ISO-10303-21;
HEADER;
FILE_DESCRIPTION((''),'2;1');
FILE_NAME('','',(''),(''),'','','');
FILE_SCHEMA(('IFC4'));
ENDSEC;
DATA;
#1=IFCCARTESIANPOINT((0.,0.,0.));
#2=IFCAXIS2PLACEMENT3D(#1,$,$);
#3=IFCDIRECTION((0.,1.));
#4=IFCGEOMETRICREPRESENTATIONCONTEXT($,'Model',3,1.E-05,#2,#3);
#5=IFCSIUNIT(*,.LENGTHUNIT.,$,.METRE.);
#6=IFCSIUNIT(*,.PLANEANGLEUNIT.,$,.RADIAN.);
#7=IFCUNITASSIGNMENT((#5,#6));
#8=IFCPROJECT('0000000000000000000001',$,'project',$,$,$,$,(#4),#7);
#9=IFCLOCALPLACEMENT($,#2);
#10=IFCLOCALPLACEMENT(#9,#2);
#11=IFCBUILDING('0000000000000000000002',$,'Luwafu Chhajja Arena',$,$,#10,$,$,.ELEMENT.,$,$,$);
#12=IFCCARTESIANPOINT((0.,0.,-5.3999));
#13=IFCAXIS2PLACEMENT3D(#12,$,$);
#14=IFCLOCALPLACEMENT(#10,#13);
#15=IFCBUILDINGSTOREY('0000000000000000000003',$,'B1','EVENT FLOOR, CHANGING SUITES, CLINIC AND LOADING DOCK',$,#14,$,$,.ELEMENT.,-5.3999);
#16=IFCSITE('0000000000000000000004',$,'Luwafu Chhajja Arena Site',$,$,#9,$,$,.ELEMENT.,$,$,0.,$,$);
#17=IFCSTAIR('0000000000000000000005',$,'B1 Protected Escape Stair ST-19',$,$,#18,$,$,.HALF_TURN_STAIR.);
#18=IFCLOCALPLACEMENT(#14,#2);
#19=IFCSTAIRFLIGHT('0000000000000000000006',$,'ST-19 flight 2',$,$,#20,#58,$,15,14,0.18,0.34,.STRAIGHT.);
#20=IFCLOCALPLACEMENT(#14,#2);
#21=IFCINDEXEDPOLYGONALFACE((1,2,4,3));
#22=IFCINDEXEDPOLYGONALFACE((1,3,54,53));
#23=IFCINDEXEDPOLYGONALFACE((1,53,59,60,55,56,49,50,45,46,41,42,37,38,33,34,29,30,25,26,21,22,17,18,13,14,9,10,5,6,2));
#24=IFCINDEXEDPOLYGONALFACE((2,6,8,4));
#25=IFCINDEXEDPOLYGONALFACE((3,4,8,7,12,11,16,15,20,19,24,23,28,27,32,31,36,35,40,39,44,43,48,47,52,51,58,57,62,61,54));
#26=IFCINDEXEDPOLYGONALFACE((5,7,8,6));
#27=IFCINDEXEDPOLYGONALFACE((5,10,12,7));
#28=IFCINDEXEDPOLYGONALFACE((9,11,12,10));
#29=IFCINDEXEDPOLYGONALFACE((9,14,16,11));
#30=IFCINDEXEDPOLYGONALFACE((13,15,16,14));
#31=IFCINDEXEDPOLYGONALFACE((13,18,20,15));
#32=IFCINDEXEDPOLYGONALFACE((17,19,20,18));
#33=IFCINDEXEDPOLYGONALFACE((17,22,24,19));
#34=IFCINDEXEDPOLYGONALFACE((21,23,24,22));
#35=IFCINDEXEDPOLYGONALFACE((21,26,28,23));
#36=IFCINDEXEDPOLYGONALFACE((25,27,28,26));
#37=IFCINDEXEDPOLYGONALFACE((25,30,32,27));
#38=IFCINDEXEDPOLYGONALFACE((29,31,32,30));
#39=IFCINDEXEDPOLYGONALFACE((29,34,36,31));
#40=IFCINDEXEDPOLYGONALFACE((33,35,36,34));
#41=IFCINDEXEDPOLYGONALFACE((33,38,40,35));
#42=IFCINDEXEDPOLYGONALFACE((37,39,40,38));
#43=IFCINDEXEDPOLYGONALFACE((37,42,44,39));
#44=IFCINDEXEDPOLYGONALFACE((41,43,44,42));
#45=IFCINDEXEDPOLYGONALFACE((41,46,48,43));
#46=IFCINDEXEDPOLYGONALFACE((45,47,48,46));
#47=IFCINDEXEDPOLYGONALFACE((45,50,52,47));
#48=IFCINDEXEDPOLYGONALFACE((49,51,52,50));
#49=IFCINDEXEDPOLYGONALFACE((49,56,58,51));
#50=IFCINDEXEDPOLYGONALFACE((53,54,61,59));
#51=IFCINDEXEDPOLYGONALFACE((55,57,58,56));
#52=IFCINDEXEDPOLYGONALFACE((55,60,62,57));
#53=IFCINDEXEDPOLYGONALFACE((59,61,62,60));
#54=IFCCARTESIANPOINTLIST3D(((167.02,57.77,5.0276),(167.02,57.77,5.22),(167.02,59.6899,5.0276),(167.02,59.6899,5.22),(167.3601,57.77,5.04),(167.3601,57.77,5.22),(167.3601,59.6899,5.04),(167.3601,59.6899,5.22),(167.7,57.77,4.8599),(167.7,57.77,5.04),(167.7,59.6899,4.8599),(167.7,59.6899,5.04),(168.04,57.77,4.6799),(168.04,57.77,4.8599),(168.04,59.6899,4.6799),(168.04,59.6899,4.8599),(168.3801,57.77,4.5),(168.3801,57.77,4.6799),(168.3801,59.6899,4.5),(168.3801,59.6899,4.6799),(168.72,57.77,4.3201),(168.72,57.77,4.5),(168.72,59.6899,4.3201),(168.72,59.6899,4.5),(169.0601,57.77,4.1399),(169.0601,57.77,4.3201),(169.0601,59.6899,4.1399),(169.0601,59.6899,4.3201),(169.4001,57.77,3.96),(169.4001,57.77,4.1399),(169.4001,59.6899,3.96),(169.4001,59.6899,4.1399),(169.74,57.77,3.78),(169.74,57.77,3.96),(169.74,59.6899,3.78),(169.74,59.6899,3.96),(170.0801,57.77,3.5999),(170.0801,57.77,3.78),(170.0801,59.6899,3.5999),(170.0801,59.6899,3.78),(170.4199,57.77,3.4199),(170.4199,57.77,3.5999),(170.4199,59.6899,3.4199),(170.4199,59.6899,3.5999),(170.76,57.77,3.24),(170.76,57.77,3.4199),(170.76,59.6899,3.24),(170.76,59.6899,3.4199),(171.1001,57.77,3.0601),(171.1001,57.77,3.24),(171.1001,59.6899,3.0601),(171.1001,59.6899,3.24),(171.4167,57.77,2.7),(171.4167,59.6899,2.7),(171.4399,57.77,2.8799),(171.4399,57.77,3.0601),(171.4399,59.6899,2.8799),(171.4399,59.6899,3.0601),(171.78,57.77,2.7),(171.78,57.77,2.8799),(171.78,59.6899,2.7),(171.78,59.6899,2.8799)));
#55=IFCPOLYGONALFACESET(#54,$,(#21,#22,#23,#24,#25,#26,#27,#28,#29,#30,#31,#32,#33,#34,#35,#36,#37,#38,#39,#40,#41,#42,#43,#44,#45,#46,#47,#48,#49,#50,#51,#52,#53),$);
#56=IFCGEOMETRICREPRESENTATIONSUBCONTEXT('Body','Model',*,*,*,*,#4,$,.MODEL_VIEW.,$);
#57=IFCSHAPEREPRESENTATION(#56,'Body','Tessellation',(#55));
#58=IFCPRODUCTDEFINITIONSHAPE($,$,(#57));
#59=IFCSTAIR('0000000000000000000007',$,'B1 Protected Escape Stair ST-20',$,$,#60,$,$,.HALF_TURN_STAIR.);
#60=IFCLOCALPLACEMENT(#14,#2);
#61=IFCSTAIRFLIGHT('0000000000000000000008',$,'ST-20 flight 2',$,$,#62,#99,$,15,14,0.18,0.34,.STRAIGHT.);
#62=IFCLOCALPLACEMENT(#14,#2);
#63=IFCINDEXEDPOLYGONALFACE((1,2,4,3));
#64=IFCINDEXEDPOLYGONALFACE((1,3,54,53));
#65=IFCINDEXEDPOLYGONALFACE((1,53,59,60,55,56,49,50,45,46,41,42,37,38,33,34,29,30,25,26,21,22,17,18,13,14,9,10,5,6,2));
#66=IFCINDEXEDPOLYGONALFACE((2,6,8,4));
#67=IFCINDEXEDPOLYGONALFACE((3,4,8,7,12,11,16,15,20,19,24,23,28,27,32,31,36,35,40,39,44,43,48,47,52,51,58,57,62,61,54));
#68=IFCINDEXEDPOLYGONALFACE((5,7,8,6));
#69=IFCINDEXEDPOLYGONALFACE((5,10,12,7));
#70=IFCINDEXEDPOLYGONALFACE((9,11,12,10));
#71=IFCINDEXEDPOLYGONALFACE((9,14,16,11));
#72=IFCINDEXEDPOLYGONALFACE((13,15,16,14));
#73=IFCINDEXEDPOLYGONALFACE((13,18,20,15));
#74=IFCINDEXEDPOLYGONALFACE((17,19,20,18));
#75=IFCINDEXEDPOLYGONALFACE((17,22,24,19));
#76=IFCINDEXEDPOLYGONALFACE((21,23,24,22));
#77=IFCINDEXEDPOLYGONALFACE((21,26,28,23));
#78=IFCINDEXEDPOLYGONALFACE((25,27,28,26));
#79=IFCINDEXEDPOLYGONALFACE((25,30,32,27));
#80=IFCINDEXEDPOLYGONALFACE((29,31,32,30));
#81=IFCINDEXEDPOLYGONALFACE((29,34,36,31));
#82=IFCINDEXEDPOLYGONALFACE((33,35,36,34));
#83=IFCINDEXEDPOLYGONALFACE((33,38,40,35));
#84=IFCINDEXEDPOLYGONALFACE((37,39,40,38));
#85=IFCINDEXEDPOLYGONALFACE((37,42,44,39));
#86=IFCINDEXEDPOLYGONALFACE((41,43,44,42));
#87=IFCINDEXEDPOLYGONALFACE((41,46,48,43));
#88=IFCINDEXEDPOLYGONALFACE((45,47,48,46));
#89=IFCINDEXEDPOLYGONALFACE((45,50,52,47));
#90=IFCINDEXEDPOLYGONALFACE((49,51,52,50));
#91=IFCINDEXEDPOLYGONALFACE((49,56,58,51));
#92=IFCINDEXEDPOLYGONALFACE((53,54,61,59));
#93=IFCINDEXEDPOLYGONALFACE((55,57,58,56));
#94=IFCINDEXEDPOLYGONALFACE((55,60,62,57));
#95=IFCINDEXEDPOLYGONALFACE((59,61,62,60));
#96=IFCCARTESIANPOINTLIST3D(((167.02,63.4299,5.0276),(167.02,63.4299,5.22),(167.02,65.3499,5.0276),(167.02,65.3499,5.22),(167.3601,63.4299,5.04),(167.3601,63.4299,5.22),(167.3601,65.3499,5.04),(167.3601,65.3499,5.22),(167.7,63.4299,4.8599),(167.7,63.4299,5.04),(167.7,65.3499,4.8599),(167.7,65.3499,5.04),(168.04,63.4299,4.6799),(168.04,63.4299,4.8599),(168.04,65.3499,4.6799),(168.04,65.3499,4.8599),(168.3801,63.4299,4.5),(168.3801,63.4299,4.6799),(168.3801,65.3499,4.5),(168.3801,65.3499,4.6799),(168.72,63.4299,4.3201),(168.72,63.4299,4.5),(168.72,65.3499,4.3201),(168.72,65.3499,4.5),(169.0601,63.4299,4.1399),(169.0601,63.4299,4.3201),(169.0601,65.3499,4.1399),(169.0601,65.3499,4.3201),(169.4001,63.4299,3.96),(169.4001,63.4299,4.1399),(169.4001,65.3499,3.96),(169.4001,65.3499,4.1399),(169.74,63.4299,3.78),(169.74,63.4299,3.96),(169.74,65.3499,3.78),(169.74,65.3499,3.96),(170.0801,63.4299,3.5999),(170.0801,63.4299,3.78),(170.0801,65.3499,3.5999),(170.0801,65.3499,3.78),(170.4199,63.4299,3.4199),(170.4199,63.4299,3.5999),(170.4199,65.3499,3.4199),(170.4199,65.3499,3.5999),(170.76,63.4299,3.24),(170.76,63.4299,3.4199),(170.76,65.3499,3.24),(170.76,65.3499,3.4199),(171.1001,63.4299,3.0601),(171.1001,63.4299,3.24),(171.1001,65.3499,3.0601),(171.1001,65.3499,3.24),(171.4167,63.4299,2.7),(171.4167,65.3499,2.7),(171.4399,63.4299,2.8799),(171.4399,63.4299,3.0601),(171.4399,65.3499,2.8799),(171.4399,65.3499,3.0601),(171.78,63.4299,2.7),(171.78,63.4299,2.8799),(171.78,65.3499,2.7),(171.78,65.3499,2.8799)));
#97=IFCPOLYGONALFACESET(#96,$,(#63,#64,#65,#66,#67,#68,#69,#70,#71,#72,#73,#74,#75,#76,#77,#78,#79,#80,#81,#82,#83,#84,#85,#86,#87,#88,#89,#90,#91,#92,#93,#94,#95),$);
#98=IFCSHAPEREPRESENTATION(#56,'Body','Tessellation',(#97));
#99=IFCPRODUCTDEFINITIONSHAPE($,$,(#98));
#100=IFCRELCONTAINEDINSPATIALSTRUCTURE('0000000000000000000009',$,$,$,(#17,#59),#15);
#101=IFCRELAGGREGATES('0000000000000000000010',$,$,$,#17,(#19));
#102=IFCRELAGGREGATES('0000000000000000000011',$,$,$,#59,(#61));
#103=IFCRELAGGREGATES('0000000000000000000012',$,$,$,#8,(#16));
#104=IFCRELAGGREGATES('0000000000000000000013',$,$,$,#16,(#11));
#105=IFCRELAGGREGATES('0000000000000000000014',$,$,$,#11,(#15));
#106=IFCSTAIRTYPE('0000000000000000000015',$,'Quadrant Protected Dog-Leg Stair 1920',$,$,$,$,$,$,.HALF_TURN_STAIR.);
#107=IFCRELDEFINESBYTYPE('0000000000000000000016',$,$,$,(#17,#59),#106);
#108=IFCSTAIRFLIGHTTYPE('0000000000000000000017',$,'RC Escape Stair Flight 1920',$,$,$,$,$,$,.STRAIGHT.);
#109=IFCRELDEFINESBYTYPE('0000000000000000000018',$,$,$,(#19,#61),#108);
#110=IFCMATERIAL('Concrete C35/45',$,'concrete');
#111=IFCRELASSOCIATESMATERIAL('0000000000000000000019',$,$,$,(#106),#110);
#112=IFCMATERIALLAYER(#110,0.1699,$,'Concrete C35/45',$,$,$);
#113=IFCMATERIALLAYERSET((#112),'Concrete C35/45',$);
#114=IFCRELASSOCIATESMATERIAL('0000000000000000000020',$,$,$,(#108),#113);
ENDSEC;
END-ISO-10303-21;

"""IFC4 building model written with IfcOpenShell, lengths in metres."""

from ifc_helpers import new_model, si_unit, direction, frame, origin, place, context, subcontext, project, spatial, polyline, outline, extrude, material, layer, layer_set, type_object, element, aggregate, save


model = new_model("IFC4")

# Units and contexts
model_context = context("Model", 3, precision=1e-05, world=origin(), true_north=direction((0.0, 1.0)))
body_context = subcontext(model_context, "Body", "Model", "MODEL_VIEW")
ifc_project = project(units=[si_unit("LENGTHUNIT", "METRE"), si_unit("PLANEANGLEUNIT", "RADIAN")], contexts=[model_context])

# Site, building, storey
site_placement = place(None, origin())
site = spatial("IfcSite", under=ifc_project, at=site_placement, Name="Luwafu Chhajja Arena Site", CompositionType="ELEMENT", RefElevation=0.0)
building_placement = place(site_placement, origin())
building = spatial("IfcBuilding", under=site, at=building_placement, Name="Luwafu Chhajja Arena", CompositionType="ELEMENT")
storey_placement = place(building_placement, frame((0.0, 0.0, -5.3999)))
storey = spatial("IfcBuildingStorey", under=building, at=storey_placement, Name="B1", Description="EVENT FLOOR, CHANGING SUITES, CLINIC AND LOADING DOCK", CompositionType="ELEMENT", Elevation=-5.3999)

# Shared definitions
ifc_material_1 = material(Name="Concrete C35/45", Category="concrete")

# Stairs, stair flights
stair_type = type_object("IfcStairType", Name="Quadrant Protected Dog-Leg Stair 1920", PredefinedType="HALF_TURN_STAIR", material=ifc_material_1)
stair_1_placement = place(storey_placement, origin())
stair_1 = element("IfcStair", 1, at=stair_1_placement, inside=storey, type_object=stair_type, Name="B1 Protected Escape Stair ST-19", PredefinedType="HALF_TURN_STAIR")
ifc_layer_1 = layer(ifc_material_1, 0.1699, Name="Concrete C35/45")
ifc_layer_set_1 = layer_set([ifc_layer_1], Name="Concrete C35/45")
stair_flight_type = type_object("IfcStairFlightType", Name="RC Escape Stair Flight 1920", PredefinedType="STRAIGHT", material=ifc_layer_set_1)
stair_flight_1_placement = place(storey_placement, frame((171.78, 58.73, 2.7), z_axis=(0.0, 0.0, 1.0), x_axis=(-1.0, 0.0, 0.0)))
stair_flight_1 = element("IfcStairFlight", 2, at=stair_flight_1_placement, type_object=stair_flight_type, Name="ST-19 flight 2", NumberOfRisers=15, NumberOfTreads=14, PredefinedType="STRAIGHT", RiserHeight=0.18, TreadLength=0.34, context=body_context, shape_type="SweptSolid", body=[
    extrude(outline(polyline([(0.0, 0.0), (0.0, 0.1799), (0.3401, 0.1799), (0.3401, 0.3601), (0.6799, 0.3601), (0.6799, 0.54), (1.02, 0.54), (1.02, 0.72), (1.3601, 0.72), (1.3601, 0.8999), (1.7, 0.8999), (1.7, 1.0801), (2.04, 1.0801), (2.04, 1.26), (2.3799, 1.26), (2.3799, 1.4399), (2.72, 1.4399), (2.72, 1.6201), (3.0601, 1.6201), (3.0601, 1.8), (3.3999, 1.8), (3.3999, 1.98), (3.74, 1.98), (3.74, 2.1599), (4.0801, 2.1599), (4.0801, 2.3401), (4.4199, 2.3401), (4.4199, 2.52), (4.76, 2.52), (4.76, 2.7), (4.76, 2.3276), (0.3633, 0.0), (0.0, 0.0)])), frame((0.0, 0.96, 0.0), z_axis=(0.0, -1.0, 0.0), x_axis=(1.0, 0.0, 0.0)), (0.0, 0.0, 1.0), 1.9199),
])
aggregate(stair_1, [stair_flight_1])
stair_2_placement = place(storey_placement, origin())
stair_2 = element("IfcStair", 3, at=stair_2_placement, inside=storey, type_object=stair_type, Name="B1 Protected Escape Stair ST-20", PredefinedType="HALF_TURN_STAIR")
stair_flight_2_placement = place(storey_placement, frame((171.78, 64.3899, 2.7), z_axis=(0.0, 0.0, 1.0), x_axis=(-1.0, 0.0, 0.0)))
stair_flight_2 = element("IfcStairFlight", 4, at=stair_flight_2_placement, type_object=stair_flight_type, Name="ST-20 flight 2", NumberOfRisers=15, NumberOfTreads=14, PredefinedType="STRAIGHT", RiserHeight=0.18, TreadLength=0.34, context=body_context, shape_type="SweptSolid", body=[
    extrude(outline(polyline([(0.0, 0.0), (0.0, 0.1799), (0.3401, 0.1799), (0.3401, 0.3601), (0.6799, 0.3601), (0.6799, 0.54), (1.02, 0.54), (1.02, 0.72), (1.3601, 0.72), (1.3601, 0.8999), (1.7, 0.8999), (1.7, 1.0801), (2.04, 1.0801), (2.04, 1.26), (2.3799, 1.26), (2.3799, 1.4399), (2.72, 1.4399), (2.72, 1.6201), (3.0601, 1.6201), (3.0601, 1.8), (3.3999, 1.8), (3.3999, 1.98), (3.74, 1.98), (3.74, 2.1599), (4.0801, 2.1599), (4.0801, 2.3401), (4.4199, 2.3401), (4.4199, 2.52), (4.76, 2.52), (4.76, 2.7), (4.76, 2.3276), (0.3633, 0.0), (0.0, 0.0)])), frame((0.0, 0.96, 0.0), z_axis=(0.0, -1.0, 0.0), x_axis=(1.0, 0.0, 0.0)), (0.0, 0.0, 1.0), 1.9199),
])
aggregate(stair_2, [stair_flight_2])

save(model, "model.ifc")
